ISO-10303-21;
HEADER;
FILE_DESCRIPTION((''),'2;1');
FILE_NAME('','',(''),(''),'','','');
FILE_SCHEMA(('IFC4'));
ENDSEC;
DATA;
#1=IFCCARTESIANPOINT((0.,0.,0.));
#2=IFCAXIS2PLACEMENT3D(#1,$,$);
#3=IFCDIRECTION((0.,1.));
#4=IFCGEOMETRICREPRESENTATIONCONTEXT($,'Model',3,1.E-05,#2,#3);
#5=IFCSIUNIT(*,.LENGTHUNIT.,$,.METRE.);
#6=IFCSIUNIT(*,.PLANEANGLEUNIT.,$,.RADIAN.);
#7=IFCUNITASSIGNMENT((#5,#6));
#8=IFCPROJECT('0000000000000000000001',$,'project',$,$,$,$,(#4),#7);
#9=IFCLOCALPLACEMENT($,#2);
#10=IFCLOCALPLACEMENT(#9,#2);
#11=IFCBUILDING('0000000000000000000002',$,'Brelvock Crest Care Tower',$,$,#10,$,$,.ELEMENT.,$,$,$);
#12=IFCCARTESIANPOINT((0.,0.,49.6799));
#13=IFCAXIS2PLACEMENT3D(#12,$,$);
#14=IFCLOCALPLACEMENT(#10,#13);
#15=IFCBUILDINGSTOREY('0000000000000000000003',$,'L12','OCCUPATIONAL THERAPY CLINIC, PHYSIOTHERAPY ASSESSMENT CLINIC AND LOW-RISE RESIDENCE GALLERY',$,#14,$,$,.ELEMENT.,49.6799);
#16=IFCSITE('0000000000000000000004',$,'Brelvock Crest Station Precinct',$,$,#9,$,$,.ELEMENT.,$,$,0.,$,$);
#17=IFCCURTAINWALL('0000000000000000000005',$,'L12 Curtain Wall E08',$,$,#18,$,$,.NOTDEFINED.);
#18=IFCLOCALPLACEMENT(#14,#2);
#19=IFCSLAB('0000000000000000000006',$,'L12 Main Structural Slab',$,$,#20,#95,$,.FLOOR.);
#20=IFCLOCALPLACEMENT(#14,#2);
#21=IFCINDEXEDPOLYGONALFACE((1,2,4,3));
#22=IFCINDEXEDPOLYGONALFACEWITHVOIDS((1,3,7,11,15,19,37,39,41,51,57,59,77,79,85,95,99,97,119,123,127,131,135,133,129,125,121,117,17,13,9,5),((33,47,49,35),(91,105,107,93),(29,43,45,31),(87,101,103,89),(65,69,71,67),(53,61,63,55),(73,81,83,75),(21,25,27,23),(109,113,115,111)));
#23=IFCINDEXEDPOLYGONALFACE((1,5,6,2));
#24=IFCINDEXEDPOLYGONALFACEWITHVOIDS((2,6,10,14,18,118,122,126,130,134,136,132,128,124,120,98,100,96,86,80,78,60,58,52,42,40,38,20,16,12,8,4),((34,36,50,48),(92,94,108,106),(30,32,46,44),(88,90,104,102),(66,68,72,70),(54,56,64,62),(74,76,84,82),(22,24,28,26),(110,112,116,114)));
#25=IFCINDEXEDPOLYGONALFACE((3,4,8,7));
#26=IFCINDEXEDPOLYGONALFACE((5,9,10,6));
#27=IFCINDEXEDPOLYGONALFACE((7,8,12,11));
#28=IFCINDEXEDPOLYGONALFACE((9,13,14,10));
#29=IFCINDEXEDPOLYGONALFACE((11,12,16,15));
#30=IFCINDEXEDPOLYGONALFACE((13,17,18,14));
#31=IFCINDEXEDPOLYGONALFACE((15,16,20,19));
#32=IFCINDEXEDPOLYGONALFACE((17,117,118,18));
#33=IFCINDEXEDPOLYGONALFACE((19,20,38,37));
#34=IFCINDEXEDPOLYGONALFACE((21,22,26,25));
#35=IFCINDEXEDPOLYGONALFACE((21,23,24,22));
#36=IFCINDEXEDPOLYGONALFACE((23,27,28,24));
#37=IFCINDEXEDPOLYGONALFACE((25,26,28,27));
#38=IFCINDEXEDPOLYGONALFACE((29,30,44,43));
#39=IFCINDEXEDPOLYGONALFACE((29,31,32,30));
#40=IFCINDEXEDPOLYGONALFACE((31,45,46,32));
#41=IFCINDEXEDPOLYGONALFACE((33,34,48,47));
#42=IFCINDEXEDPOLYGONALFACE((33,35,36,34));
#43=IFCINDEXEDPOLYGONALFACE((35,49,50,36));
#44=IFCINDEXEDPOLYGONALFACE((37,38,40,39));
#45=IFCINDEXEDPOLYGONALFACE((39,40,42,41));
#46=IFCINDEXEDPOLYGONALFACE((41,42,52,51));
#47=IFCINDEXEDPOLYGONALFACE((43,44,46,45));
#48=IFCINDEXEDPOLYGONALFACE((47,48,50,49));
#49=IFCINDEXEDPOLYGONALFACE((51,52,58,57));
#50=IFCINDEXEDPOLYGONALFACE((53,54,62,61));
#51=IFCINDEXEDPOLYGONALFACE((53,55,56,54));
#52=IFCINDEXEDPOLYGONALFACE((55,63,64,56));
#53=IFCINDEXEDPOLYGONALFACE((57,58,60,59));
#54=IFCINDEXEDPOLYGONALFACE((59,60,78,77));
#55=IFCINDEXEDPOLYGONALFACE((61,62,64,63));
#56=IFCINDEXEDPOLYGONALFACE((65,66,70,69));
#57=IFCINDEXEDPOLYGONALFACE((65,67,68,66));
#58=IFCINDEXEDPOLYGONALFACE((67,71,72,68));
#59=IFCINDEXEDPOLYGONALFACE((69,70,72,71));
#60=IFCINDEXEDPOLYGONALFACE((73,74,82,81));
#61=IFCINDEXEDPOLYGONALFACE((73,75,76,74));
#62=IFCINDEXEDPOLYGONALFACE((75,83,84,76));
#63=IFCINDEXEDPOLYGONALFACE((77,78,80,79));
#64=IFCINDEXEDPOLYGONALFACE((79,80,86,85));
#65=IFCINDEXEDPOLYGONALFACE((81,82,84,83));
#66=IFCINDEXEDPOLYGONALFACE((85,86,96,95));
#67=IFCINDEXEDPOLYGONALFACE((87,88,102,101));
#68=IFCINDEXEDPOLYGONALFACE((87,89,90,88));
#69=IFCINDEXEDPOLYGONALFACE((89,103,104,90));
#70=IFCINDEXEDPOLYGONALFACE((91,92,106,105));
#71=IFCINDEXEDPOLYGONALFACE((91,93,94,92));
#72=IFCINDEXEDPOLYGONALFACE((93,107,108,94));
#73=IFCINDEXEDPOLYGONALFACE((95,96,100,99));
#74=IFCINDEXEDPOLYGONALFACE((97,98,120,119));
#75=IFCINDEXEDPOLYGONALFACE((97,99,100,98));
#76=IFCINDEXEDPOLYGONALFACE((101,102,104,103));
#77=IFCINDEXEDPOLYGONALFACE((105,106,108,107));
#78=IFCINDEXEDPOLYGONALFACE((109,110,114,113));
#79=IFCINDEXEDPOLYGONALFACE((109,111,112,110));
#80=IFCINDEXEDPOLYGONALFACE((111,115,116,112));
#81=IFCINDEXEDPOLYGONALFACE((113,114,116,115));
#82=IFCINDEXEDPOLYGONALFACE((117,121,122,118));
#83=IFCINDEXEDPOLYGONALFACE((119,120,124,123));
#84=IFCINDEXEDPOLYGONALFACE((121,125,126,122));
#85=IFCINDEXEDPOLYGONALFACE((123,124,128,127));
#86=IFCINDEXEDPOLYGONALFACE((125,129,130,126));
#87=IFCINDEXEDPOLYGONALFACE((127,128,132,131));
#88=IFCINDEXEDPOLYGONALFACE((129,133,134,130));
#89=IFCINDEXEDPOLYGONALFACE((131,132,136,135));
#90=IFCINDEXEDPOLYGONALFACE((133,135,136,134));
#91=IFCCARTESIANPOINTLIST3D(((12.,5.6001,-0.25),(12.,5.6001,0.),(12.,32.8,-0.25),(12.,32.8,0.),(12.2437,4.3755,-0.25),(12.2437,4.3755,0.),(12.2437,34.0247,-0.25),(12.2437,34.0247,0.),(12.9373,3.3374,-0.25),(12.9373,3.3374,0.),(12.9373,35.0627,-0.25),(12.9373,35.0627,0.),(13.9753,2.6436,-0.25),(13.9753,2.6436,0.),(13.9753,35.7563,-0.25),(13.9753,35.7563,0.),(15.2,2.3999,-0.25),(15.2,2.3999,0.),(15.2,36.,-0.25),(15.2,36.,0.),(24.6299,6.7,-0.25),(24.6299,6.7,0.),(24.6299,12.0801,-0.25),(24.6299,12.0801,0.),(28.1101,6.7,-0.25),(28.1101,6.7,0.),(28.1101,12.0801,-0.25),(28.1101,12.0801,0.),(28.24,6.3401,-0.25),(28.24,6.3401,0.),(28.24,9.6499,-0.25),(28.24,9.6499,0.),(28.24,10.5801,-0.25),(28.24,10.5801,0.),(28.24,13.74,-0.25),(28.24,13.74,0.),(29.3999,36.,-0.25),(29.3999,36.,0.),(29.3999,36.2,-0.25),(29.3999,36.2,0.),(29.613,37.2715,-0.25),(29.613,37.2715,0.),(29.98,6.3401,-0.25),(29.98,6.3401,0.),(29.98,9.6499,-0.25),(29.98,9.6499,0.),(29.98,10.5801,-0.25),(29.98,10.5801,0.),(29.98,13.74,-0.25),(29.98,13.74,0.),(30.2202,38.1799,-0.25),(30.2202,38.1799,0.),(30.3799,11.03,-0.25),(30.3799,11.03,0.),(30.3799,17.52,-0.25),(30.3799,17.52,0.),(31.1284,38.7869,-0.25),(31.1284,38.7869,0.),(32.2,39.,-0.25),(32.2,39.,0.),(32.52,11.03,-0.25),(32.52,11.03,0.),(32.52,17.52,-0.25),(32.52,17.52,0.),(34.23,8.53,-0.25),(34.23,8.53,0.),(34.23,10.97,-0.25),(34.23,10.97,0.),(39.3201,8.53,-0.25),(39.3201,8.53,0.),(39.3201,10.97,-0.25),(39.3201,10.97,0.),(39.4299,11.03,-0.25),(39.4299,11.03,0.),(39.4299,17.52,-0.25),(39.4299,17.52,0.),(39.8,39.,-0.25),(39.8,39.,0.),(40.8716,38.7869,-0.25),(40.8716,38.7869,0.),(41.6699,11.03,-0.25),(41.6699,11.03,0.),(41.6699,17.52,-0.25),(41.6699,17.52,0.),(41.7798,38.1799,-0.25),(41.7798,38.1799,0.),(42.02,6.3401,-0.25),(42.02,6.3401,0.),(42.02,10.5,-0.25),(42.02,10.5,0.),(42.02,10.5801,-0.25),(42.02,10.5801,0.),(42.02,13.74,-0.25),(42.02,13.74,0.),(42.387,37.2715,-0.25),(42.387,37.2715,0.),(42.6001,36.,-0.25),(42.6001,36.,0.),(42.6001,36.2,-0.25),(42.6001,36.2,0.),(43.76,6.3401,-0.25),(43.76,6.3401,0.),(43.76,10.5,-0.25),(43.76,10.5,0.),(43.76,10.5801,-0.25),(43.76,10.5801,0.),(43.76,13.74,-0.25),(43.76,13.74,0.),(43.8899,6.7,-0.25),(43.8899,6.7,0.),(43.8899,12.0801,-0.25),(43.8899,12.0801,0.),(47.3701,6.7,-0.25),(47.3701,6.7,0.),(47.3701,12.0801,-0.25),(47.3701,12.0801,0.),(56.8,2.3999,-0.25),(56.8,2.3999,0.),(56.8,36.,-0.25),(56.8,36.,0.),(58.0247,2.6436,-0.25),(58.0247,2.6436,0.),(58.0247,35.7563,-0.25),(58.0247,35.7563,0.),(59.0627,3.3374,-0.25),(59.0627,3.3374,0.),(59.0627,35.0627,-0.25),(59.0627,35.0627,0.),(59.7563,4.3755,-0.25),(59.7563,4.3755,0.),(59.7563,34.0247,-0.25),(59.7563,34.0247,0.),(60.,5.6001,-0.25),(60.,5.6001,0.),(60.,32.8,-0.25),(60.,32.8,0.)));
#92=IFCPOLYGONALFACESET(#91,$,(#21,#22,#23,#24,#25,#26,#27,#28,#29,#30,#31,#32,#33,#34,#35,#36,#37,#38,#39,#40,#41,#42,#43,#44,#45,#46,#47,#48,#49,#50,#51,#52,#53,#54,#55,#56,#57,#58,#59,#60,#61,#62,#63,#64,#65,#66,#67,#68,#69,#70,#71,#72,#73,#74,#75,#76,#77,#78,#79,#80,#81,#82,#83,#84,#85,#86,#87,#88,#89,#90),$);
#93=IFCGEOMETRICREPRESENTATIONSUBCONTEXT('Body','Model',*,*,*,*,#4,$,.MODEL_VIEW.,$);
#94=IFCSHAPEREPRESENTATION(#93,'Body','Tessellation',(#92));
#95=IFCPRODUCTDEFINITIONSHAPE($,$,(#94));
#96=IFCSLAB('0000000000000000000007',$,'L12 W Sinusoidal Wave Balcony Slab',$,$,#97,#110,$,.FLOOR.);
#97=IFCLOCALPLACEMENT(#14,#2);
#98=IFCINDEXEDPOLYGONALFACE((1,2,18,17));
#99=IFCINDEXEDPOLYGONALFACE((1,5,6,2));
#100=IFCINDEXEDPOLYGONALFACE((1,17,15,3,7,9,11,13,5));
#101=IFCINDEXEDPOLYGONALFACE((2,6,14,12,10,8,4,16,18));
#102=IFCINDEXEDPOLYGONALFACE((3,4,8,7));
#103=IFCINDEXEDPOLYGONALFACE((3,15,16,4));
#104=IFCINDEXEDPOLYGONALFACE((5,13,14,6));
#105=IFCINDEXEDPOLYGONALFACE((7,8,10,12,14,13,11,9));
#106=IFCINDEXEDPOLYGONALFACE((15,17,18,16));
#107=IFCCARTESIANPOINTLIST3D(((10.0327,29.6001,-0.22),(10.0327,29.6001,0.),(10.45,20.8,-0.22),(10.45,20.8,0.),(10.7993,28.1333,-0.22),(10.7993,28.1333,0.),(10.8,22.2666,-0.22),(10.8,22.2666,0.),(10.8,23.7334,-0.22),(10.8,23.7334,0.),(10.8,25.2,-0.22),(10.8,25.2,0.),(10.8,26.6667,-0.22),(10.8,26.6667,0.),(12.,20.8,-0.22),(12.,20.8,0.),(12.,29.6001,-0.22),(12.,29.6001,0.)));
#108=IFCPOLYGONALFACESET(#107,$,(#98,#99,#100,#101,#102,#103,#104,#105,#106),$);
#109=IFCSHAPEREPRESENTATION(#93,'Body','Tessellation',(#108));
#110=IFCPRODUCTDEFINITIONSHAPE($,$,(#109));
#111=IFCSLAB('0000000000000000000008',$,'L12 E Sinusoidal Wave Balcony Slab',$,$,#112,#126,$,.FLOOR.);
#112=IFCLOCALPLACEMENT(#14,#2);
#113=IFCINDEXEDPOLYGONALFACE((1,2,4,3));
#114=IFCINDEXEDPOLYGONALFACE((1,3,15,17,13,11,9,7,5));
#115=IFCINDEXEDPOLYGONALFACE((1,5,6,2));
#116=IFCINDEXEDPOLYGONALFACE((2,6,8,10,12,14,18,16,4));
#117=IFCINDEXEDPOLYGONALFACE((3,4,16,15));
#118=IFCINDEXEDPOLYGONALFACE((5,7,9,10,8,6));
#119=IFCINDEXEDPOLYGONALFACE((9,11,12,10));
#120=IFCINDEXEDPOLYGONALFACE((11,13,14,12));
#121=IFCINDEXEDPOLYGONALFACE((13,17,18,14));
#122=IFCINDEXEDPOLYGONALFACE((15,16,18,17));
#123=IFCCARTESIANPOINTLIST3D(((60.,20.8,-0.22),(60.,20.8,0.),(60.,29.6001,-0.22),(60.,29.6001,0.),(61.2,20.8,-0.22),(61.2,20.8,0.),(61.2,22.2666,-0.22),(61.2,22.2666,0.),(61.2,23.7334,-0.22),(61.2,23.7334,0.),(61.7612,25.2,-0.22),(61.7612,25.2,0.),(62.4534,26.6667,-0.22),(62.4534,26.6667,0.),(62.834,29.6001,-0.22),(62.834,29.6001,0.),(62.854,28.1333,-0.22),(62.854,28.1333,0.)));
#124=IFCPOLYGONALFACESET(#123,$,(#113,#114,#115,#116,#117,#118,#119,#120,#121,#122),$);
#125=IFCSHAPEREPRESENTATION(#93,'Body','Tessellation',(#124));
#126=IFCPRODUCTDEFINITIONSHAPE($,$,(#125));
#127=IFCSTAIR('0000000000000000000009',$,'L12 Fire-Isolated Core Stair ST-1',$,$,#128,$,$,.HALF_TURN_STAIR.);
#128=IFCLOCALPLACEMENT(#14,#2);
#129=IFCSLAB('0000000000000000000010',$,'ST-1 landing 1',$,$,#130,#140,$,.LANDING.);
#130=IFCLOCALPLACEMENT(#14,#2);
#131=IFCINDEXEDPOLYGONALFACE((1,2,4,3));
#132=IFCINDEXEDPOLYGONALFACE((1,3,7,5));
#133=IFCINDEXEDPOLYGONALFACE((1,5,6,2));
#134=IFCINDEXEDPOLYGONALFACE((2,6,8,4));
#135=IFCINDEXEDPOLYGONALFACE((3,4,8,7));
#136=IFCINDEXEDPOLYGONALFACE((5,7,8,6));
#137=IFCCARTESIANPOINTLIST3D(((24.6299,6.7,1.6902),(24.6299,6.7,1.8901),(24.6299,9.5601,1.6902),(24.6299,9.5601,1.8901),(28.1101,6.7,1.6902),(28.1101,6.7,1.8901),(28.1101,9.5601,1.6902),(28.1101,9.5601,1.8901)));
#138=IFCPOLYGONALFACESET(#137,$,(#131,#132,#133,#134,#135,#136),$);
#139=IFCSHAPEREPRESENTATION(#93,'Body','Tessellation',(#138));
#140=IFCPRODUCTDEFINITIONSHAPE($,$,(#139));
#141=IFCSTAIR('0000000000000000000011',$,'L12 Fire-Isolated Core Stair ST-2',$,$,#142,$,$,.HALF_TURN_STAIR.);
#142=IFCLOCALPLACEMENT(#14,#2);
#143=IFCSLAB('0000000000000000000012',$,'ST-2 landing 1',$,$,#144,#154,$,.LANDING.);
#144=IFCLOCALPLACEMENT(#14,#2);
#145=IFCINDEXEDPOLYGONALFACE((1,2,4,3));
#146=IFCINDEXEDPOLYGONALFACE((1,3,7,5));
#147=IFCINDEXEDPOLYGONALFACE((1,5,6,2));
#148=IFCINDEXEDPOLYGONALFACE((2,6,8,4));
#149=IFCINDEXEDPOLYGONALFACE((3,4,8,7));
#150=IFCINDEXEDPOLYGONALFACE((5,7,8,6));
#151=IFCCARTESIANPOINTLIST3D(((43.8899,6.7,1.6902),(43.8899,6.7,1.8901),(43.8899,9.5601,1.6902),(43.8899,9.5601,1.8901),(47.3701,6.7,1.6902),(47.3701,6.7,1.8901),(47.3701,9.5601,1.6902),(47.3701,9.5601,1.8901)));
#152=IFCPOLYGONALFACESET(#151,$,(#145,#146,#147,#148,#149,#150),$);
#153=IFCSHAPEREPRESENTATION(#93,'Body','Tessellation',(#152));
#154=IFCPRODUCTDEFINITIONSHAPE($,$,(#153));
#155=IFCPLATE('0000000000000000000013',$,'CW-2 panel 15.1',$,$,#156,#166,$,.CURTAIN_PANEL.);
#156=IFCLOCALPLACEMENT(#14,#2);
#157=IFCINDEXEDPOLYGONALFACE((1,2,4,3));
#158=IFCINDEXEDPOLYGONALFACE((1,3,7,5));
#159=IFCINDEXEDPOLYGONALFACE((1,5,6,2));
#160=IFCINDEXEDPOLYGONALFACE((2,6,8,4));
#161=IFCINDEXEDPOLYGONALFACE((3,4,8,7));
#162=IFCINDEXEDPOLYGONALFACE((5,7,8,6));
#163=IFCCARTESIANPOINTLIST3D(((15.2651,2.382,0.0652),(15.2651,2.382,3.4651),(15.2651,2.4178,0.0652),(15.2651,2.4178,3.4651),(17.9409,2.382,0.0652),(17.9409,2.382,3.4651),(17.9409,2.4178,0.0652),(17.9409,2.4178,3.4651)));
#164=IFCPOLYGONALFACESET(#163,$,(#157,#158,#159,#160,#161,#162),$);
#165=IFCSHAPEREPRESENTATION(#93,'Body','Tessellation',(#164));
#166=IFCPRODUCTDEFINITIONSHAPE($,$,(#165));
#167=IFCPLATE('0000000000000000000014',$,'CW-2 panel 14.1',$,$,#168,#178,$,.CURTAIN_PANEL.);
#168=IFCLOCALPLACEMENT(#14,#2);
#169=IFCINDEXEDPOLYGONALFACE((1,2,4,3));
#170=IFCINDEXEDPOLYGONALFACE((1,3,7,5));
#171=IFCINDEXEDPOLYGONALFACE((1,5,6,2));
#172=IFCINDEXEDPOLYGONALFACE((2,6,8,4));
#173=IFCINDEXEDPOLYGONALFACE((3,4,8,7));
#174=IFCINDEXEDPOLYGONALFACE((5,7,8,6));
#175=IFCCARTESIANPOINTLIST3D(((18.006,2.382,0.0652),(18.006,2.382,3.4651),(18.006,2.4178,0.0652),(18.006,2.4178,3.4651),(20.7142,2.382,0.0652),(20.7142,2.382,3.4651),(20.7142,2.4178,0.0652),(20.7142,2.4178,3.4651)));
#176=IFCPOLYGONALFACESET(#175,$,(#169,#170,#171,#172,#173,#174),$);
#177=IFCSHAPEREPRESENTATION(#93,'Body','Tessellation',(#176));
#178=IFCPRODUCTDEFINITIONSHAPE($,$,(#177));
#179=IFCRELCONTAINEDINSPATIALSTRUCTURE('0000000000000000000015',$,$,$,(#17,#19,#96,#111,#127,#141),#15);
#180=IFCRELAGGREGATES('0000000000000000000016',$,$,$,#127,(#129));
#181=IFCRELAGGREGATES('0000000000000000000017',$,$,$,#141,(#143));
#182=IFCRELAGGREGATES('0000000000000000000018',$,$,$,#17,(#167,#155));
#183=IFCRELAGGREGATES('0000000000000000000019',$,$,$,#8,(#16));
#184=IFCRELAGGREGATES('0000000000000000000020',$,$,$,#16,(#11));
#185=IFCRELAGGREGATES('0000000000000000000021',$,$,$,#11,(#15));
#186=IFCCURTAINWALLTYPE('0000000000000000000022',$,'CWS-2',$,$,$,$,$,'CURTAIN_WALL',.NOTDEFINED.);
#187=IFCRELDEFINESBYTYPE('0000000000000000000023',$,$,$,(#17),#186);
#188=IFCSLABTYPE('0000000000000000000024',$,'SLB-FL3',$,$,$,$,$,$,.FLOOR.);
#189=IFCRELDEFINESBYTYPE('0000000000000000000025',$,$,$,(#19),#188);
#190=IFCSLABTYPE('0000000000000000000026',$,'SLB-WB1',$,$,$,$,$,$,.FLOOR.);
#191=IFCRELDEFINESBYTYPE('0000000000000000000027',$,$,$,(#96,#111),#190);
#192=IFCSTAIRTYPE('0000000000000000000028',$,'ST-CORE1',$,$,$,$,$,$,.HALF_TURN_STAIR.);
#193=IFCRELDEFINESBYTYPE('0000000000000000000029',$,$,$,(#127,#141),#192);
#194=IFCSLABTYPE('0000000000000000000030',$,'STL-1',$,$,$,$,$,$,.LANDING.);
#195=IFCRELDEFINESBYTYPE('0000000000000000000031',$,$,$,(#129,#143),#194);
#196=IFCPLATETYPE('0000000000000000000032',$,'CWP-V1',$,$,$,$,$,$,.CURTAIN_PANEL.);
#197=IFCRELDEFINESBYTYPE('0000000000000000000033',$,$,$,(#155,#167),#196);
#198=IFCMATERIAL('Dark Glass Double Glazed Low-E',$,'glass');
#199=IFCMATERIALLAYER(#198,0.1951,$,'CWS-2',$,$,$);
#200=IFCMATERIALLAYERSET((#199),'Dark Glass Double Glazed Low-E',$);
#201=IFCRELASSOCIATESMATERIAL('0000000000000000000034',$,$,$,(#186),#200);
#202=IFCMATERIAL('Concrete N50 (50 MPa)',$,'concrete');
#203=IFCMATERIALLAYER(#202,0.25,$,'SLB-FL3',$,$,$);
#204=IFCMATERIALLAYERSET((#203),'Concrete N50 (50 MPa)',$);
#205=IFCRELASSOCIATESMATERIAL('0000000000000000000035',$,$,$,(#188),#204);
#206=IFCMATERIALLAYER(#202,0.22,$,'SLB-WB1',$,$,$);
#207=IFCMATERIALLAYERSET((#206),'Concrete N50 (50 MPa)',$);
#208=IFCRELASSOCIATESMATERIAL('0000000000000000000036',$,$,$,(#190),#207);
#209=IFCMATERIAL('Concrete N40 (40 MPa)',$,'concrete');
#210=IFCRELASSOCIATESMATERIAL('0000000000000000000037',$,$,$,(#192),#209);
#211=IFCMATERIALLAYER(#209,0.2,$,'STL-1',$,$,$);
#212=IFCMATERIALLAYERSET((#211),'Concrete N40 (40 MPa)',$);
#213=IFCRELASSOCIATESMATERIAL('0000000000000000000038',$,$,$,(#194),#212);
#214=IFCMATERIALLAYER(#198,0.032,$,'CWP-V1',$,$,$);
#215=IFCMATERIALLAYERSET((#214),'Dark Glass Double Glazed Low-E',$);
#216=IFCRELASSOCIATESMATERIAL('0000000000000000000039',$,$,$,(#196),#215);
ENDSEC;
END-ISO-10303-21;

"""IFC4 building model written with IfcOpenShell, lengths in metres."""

from ifc_helpers import new_model, si_unit, direction, frame, origin, origin_2d, place, context, subcontext, project, spatial, polyline, rectangle, outline, extrude, source, transform, mapped, material, layer, layer_set, type_object, element, aggregate, save


model = new_model("IFC4")

# Units and contexts
model_context = context("Model", 3, precision=1e-05, world=origin(), true_north=direction((0.0, 1.0)))
body_context = subcontext(model_context, "Body", "Model", "MODEL_VIEW")
ifc_project = project(units=[si_unit("LENGTHUNIT", "METRE"), si_unit("PLANEANGLEUNIT", "RADIAN")], contexts=[model_context])

# Site, building, storey
site_placement = place(None, origin())
site = spatial("IfcSite", under=ifc_project, at=site_placement, Name="Brelvock Crest Station Precinct", CompositionType="ELEMENT", RefElevation=0.0)
building_placement = place(site_placement, origin())
building = spatial("IfcBuilding", under=site, at=building_placement, Name="Brelvock Crest Care Tower", CompositionType="ELEMENT")
storey_placement = place(building_placement, frame((0.0, 0.0, 49.6799)))
storey = spatial("IfcBuildingStorey", under=building, at=storey_placement, Name="L12", Description="OCCUPATIONAL THERAPY CLINIC, PHYSIOTHERAPY ASSESSMENT CLINIC AND LOW-RISE RESIDENCE GALLERY", CompositionType="ELEMENT", Elevation=49.6799)

# Curtain wall
ifc_material_1 = material(Name="Dark Glass Double Glazed Low-E", Category="glass")
ifc_layer_1 = layer(ifc_material_1, 0.1951, Name="CWS-2")
ifc_layer_set_1 = layer_set([ifc_layer_1], Name="Dark Glass Double Glazed Low-E")
curtain_wall_type = type_object("IfcCurtainWallType", Name="CWS-2", ElementType="CURTAIN_WALL", PredefinedType="NOTDEFINED", material=ifc_layer_set_1)
curtain_wall_1_placement = place(storey_placement, origin())
curtain_wall_1 = element("IfcCurtainWall", 1, at=curtain_wall_1_placement, inside=storey, type_object=curtain_wall_type, Name="L12 Curtain Wall E08", PredefinedType="NOTDEFINED")

# Slabs
ifc_material_2 = material(Name="Concrete N50 (50 MPa)", Category="concrete")
ifc_layer_2 = layer(ifc_material_2, 0.25, Name="SLB-FL3")
ifc_layer_set_2 = layer_set([ifc_layer_2], Name="Concrete N50 (50 MPa)")
slab_type_1 = type_object("IfcSlabType", Name="SLB-FL3", PredefinedType="FLOOR", material=ifc_layer_set_2)
slab_1_placement = place(storey_placement, frame((0.0, 0.0, -0.25)))
element("IfcSlab", 2, at=slab_1_placement, inside=storey, type_object=slab_type_1, Name="L12 Main Structural Slab", PredefinedType="FLOOR", context=body_context, shape_type="SweptSolid", body=[
    extrude(outline(polyline([(56.8, 36.0), (42.6001, 36.0), (42.6001, 36.2), (42.387, 37.2715), (41.7798, 38.1799), (40.8716, 38.7869), (39.8, 39.0), (32.2, 39.0), (31.1284, 38.7869), (30.2202, 38.1799), (29.613, 37.2715), (29.3999, 36.2), (29.3999, 36.0), (15.2, 36.0), (13.9753, 35.7563), (12.9373, 35.0627), (12.2437, 34.0247), (12.0, 32.8), (12.0, 5.6001), (12.2437, 4.3755), (12.9373, 3.3374), (13.9753, 2.6436), (15.2, 2.3999), (56.8, 2.3999), (58.0247, 2.6436), (59.0627, 3.3374), (59.7563, 4.3755), (60.0, 5.6001), (60.0, 32.8), (59.7563, 34.0247), (59.0627, 35.0627), (58.0247, 35.7563), (56.8, 36.0)]), holes=[polyline([(28.24, 10.5801), (29.98, 10.5801), (29.98, 13.74), (28.24, 13.74), (28.24, 10.5801)]), polyline([(42.02, 10.5801), (43.76, 10.5801), (43.76, 13.74), (42.02, 13.74), (42.02, 10.5801)]), polyline([(28.24, 6.3401), (29.98, 6.3401), (29.98, 9.6499), (28.24, 9.6499), (28.24, 6.3401)]), polyline([(24.6299, 12.0801), (24.6299, 6.7), (28.1101, 6.7), (28.1101, 12.0801), (24.6299, 12.0801)]), polyline([(43.8899, 12.0801), (43.8899, 6.7), (47.3701, 6.7), (47.3701, 12.0801), (43.8899, 12.0801)]), polyline([(42.02, 6.3401), (43.76, 6.3401), (43.76, 10.5), (42.02, 10.5), (42.02, 6.3401)]), polyline([(30.3799, 11.03), (32.52, 11.03), (32.52, 17.52), (30.3799, 17.52), (30.3799, 11.03)]), polyline([(34.23, 8.53), (39.3201, 8.53), (39.3201, 10.97), (34.23, 10.97), (34.23, 8.53)]), polyline([(39.4299, 11.03), (41.6699, 11.03), (41.6699, 17.52), (39.4299, 17.52), (39.4299, 11.03)])]), origin(), (0.0, 0.0, 1.0), 0.25),
])
ifc_layer_3 = layer(ifc_material_2, 0.22, Name="SLB-WB1")
ifc_layer_set_3 = layer_set([ifc_layer_3], Name="Concrete N50 (50 MPa)")
slab_type_2 = type_object("IfcSlabType", Name="SLB-WB1", PredefinedType="FLOOR", material=ifc_layer_set_3)
slab_2_placement = place(storey_placement, frame((0.0, 0.0, -0.22)))
element("IfcSlab", 3, at=slab_2_placement, inside=storey, type_object=slab_type_2, Name="L12 W Sinusoidal Wave Balcony Slab", PredefinedType="FLOOR", context=body_context, shape_type="SweptSolid", body=[
    extrude(outline(polyline([(12.0, 29.6001), (10.0327, 29.6001), (10.7993, 28.1333), (10.8, 26.6667), (10.8, 25.2), (10.8, 23.7334), (10.8, 22.2666), (10.45, 20.8), (12.0, 20.8), (12.0, 29.6001)])), origin(), (0.0, 0.0, 1.0), 0.22),
])
slab_3_placement = place(storey_placement, frame((0.0, 0.0, -0.22)))
element("IfcSlab", 4, at=slab_3_placement, inside=storey, type_object=slab_type_2, Name="L12 E Sinusoidal Wave Balcony Slab", PredefinedType="FLOOR", context=body_context, shape_type="SweptSolid", body=[
    extrude(outline(polyline([(60.0, 20.8), (61.2, 20.8), (61.2, 22.2666), (61.2, 23.7334), (61.7612, 25.2), (62.4534, 26.6667), (62.854, 28.1333), (62.834, 29.6001), (60.0, 29.6001), (60.0, 20.8)])), origin(), (0.0, 0.0, 1.0), 0.22),
])

# Stairs, slabs
ifc_material_3 = material(Name="Concrete N40 (40 MPa)", Category="concrete")
stair_type = type_object("IfcStairType", Name="ST-CORE1", PredefinedType="HALF_TURN_STAIR", material=ifc_material_3)
stair_1_placement = place(storey_placement, origin())
stair_1 = element("IfcStair", 5, at=stair_1_placement, inside=storey, type_object=stair_type, Name="L12 Fire-Isolated Core Stair ST-1", PredefinedType="HALF_TURN_STAIR")
ifc_layer_4 = layer(ifc_material_3, 0.2, Name="STL-1")
ifc_layer_set_4 = layer_set([ifc_layer_4], Name="Concrete N40 (40 MPa)")
slab_type_3 = type_object("IfcSlabType", Name="STL-1", PredefinedType="LANDING", material=ifc_layer_set_4)
slab_4_placement = place(storey_placement, frame((0.0, 0.0, 1.6902)))
slab_4 = element("IfcSlab", 6, at=slab_4_placement, type_object=slab_type_3, Name="ST-1 landing 1", PredefinedType="LANDING", context=body_context, shape_type="SweptSolid", body=[
    extrude(outline(polyline([(24.6299, 9.5601), (24.6299, 6.7), (28.1101, 6.7), (28.1101, 9.5601), (24.6299, 9.5601)])), origin(), (0.0, 0.0, 1.0), 0.2),
])
aggregate(stair_1, [slab_4])
stair_2_placement = place(storey_placement, origin())
stair_2 = element("IfcStair", 7, at=stair_2_placement, inside=storey, type_object=stair_type, Name="L12 Fire-Isolated Core Stair ST-2", PredefinedType="HALF_TURN_STAIR")
slab_5_placement = place(storey_placement, frame((0.0, 0.0, 1.6902)))
slab_5 = element("IfcSlab", 8, at=slab_5_placement, type_object=slab_type_3, Name="ST-2 landing 1", PredefinedType="LANDING", context=body_context, shape_type="SweptSolid", body=[
    extrude(outline(polyline([(43.8899, 9.5601), (43.8899, 6.7), (47.3701, 6.7), (47.3701, 9.5601), (43.8899, 9.5601)])), origin(), (0.0, 0.0, 1.0), 0.2),
])
aggregate(stair_2, [slab_5])

# Plates
ifc_layer_5 = layer(ifc_material_1, 0.032, Name="CWP-V1")
ifc_layer_set_5 = layer_set([ifc_layer_5], Name="Dark Glass Double Glazed Low-E")
plate_type = type_object("IfcPlateType", Name="CWP-V1", PredefinedType="CURTAIN_PANEL", material=ifc_layer_set_5)
shared_shape_1 = source(origin(), body_context, "Body", "SweptSolid", [
    extrude(rectangle(XDim=2.6758, YDim=0.0359, at=origin_2d()), origin(), (0.0, 0.0, 1.0), 3.3999),
])
plate_1_placement = place(storey_placement, frame((16.603, 2.3999, 0.0652), z_axis=(0.0, 0.0, 1.0), x_axis=(-1.0, 0.0, 0.0)))
plate_1 = element("IfcPlate", 9, at=plate_1_placement, type_object=plate_type, Name="CW-2 panel 15.1", PredefinedType="CURTAIN_PANEL", context=body_context, shape_type="MappedRepresentation", body=[
    mapped(shared_shape_1, transform((0.0, 0.0, 0.0), x_axis=(1.0, 0.0, 0.0), y_axis=(0.0, 1.0, 0.0), z_axis=(0.0, 0.0, 1.0), scale=1.0)),
])
shared_shape_2 = source(origin(), body_context, "Body", "SweptSolid", [
    extrude(rectangle(XDim=2.7083, YDim=0.0359, at=origin_2d()), origin(), (0.0, 0.0, 1.0), 3.3999),
])
plate_2_placement = place(storey_placement, frame((19.3601, 2.3999, 0.0652), z_axis=(0.0, 0.0, 1.0), x_axis=(-1.0, 0.0, 0.0)))
plate_2 = element("IfcPlate", 10, at=plate_2_placement, type_object=plate_type, Name="CW-2 panel 14.1", PredefinedType="CURTAIN_PANEL", context=body_context, shape_type="MappedRepresentation", body=[
    mapped(shared_shape_2, transform((0.0, 0.0, 0.0), x_axis=(1.0, 0.0, 0.0), y_axis=(0.0, 1.0, 0.0), z_axis=(0.0, 0.0, 1.0), scale=1.0)),
])
aggregate(curtain_wall_1, [plate_2, plate_1])

save(model, "model.ifc")
